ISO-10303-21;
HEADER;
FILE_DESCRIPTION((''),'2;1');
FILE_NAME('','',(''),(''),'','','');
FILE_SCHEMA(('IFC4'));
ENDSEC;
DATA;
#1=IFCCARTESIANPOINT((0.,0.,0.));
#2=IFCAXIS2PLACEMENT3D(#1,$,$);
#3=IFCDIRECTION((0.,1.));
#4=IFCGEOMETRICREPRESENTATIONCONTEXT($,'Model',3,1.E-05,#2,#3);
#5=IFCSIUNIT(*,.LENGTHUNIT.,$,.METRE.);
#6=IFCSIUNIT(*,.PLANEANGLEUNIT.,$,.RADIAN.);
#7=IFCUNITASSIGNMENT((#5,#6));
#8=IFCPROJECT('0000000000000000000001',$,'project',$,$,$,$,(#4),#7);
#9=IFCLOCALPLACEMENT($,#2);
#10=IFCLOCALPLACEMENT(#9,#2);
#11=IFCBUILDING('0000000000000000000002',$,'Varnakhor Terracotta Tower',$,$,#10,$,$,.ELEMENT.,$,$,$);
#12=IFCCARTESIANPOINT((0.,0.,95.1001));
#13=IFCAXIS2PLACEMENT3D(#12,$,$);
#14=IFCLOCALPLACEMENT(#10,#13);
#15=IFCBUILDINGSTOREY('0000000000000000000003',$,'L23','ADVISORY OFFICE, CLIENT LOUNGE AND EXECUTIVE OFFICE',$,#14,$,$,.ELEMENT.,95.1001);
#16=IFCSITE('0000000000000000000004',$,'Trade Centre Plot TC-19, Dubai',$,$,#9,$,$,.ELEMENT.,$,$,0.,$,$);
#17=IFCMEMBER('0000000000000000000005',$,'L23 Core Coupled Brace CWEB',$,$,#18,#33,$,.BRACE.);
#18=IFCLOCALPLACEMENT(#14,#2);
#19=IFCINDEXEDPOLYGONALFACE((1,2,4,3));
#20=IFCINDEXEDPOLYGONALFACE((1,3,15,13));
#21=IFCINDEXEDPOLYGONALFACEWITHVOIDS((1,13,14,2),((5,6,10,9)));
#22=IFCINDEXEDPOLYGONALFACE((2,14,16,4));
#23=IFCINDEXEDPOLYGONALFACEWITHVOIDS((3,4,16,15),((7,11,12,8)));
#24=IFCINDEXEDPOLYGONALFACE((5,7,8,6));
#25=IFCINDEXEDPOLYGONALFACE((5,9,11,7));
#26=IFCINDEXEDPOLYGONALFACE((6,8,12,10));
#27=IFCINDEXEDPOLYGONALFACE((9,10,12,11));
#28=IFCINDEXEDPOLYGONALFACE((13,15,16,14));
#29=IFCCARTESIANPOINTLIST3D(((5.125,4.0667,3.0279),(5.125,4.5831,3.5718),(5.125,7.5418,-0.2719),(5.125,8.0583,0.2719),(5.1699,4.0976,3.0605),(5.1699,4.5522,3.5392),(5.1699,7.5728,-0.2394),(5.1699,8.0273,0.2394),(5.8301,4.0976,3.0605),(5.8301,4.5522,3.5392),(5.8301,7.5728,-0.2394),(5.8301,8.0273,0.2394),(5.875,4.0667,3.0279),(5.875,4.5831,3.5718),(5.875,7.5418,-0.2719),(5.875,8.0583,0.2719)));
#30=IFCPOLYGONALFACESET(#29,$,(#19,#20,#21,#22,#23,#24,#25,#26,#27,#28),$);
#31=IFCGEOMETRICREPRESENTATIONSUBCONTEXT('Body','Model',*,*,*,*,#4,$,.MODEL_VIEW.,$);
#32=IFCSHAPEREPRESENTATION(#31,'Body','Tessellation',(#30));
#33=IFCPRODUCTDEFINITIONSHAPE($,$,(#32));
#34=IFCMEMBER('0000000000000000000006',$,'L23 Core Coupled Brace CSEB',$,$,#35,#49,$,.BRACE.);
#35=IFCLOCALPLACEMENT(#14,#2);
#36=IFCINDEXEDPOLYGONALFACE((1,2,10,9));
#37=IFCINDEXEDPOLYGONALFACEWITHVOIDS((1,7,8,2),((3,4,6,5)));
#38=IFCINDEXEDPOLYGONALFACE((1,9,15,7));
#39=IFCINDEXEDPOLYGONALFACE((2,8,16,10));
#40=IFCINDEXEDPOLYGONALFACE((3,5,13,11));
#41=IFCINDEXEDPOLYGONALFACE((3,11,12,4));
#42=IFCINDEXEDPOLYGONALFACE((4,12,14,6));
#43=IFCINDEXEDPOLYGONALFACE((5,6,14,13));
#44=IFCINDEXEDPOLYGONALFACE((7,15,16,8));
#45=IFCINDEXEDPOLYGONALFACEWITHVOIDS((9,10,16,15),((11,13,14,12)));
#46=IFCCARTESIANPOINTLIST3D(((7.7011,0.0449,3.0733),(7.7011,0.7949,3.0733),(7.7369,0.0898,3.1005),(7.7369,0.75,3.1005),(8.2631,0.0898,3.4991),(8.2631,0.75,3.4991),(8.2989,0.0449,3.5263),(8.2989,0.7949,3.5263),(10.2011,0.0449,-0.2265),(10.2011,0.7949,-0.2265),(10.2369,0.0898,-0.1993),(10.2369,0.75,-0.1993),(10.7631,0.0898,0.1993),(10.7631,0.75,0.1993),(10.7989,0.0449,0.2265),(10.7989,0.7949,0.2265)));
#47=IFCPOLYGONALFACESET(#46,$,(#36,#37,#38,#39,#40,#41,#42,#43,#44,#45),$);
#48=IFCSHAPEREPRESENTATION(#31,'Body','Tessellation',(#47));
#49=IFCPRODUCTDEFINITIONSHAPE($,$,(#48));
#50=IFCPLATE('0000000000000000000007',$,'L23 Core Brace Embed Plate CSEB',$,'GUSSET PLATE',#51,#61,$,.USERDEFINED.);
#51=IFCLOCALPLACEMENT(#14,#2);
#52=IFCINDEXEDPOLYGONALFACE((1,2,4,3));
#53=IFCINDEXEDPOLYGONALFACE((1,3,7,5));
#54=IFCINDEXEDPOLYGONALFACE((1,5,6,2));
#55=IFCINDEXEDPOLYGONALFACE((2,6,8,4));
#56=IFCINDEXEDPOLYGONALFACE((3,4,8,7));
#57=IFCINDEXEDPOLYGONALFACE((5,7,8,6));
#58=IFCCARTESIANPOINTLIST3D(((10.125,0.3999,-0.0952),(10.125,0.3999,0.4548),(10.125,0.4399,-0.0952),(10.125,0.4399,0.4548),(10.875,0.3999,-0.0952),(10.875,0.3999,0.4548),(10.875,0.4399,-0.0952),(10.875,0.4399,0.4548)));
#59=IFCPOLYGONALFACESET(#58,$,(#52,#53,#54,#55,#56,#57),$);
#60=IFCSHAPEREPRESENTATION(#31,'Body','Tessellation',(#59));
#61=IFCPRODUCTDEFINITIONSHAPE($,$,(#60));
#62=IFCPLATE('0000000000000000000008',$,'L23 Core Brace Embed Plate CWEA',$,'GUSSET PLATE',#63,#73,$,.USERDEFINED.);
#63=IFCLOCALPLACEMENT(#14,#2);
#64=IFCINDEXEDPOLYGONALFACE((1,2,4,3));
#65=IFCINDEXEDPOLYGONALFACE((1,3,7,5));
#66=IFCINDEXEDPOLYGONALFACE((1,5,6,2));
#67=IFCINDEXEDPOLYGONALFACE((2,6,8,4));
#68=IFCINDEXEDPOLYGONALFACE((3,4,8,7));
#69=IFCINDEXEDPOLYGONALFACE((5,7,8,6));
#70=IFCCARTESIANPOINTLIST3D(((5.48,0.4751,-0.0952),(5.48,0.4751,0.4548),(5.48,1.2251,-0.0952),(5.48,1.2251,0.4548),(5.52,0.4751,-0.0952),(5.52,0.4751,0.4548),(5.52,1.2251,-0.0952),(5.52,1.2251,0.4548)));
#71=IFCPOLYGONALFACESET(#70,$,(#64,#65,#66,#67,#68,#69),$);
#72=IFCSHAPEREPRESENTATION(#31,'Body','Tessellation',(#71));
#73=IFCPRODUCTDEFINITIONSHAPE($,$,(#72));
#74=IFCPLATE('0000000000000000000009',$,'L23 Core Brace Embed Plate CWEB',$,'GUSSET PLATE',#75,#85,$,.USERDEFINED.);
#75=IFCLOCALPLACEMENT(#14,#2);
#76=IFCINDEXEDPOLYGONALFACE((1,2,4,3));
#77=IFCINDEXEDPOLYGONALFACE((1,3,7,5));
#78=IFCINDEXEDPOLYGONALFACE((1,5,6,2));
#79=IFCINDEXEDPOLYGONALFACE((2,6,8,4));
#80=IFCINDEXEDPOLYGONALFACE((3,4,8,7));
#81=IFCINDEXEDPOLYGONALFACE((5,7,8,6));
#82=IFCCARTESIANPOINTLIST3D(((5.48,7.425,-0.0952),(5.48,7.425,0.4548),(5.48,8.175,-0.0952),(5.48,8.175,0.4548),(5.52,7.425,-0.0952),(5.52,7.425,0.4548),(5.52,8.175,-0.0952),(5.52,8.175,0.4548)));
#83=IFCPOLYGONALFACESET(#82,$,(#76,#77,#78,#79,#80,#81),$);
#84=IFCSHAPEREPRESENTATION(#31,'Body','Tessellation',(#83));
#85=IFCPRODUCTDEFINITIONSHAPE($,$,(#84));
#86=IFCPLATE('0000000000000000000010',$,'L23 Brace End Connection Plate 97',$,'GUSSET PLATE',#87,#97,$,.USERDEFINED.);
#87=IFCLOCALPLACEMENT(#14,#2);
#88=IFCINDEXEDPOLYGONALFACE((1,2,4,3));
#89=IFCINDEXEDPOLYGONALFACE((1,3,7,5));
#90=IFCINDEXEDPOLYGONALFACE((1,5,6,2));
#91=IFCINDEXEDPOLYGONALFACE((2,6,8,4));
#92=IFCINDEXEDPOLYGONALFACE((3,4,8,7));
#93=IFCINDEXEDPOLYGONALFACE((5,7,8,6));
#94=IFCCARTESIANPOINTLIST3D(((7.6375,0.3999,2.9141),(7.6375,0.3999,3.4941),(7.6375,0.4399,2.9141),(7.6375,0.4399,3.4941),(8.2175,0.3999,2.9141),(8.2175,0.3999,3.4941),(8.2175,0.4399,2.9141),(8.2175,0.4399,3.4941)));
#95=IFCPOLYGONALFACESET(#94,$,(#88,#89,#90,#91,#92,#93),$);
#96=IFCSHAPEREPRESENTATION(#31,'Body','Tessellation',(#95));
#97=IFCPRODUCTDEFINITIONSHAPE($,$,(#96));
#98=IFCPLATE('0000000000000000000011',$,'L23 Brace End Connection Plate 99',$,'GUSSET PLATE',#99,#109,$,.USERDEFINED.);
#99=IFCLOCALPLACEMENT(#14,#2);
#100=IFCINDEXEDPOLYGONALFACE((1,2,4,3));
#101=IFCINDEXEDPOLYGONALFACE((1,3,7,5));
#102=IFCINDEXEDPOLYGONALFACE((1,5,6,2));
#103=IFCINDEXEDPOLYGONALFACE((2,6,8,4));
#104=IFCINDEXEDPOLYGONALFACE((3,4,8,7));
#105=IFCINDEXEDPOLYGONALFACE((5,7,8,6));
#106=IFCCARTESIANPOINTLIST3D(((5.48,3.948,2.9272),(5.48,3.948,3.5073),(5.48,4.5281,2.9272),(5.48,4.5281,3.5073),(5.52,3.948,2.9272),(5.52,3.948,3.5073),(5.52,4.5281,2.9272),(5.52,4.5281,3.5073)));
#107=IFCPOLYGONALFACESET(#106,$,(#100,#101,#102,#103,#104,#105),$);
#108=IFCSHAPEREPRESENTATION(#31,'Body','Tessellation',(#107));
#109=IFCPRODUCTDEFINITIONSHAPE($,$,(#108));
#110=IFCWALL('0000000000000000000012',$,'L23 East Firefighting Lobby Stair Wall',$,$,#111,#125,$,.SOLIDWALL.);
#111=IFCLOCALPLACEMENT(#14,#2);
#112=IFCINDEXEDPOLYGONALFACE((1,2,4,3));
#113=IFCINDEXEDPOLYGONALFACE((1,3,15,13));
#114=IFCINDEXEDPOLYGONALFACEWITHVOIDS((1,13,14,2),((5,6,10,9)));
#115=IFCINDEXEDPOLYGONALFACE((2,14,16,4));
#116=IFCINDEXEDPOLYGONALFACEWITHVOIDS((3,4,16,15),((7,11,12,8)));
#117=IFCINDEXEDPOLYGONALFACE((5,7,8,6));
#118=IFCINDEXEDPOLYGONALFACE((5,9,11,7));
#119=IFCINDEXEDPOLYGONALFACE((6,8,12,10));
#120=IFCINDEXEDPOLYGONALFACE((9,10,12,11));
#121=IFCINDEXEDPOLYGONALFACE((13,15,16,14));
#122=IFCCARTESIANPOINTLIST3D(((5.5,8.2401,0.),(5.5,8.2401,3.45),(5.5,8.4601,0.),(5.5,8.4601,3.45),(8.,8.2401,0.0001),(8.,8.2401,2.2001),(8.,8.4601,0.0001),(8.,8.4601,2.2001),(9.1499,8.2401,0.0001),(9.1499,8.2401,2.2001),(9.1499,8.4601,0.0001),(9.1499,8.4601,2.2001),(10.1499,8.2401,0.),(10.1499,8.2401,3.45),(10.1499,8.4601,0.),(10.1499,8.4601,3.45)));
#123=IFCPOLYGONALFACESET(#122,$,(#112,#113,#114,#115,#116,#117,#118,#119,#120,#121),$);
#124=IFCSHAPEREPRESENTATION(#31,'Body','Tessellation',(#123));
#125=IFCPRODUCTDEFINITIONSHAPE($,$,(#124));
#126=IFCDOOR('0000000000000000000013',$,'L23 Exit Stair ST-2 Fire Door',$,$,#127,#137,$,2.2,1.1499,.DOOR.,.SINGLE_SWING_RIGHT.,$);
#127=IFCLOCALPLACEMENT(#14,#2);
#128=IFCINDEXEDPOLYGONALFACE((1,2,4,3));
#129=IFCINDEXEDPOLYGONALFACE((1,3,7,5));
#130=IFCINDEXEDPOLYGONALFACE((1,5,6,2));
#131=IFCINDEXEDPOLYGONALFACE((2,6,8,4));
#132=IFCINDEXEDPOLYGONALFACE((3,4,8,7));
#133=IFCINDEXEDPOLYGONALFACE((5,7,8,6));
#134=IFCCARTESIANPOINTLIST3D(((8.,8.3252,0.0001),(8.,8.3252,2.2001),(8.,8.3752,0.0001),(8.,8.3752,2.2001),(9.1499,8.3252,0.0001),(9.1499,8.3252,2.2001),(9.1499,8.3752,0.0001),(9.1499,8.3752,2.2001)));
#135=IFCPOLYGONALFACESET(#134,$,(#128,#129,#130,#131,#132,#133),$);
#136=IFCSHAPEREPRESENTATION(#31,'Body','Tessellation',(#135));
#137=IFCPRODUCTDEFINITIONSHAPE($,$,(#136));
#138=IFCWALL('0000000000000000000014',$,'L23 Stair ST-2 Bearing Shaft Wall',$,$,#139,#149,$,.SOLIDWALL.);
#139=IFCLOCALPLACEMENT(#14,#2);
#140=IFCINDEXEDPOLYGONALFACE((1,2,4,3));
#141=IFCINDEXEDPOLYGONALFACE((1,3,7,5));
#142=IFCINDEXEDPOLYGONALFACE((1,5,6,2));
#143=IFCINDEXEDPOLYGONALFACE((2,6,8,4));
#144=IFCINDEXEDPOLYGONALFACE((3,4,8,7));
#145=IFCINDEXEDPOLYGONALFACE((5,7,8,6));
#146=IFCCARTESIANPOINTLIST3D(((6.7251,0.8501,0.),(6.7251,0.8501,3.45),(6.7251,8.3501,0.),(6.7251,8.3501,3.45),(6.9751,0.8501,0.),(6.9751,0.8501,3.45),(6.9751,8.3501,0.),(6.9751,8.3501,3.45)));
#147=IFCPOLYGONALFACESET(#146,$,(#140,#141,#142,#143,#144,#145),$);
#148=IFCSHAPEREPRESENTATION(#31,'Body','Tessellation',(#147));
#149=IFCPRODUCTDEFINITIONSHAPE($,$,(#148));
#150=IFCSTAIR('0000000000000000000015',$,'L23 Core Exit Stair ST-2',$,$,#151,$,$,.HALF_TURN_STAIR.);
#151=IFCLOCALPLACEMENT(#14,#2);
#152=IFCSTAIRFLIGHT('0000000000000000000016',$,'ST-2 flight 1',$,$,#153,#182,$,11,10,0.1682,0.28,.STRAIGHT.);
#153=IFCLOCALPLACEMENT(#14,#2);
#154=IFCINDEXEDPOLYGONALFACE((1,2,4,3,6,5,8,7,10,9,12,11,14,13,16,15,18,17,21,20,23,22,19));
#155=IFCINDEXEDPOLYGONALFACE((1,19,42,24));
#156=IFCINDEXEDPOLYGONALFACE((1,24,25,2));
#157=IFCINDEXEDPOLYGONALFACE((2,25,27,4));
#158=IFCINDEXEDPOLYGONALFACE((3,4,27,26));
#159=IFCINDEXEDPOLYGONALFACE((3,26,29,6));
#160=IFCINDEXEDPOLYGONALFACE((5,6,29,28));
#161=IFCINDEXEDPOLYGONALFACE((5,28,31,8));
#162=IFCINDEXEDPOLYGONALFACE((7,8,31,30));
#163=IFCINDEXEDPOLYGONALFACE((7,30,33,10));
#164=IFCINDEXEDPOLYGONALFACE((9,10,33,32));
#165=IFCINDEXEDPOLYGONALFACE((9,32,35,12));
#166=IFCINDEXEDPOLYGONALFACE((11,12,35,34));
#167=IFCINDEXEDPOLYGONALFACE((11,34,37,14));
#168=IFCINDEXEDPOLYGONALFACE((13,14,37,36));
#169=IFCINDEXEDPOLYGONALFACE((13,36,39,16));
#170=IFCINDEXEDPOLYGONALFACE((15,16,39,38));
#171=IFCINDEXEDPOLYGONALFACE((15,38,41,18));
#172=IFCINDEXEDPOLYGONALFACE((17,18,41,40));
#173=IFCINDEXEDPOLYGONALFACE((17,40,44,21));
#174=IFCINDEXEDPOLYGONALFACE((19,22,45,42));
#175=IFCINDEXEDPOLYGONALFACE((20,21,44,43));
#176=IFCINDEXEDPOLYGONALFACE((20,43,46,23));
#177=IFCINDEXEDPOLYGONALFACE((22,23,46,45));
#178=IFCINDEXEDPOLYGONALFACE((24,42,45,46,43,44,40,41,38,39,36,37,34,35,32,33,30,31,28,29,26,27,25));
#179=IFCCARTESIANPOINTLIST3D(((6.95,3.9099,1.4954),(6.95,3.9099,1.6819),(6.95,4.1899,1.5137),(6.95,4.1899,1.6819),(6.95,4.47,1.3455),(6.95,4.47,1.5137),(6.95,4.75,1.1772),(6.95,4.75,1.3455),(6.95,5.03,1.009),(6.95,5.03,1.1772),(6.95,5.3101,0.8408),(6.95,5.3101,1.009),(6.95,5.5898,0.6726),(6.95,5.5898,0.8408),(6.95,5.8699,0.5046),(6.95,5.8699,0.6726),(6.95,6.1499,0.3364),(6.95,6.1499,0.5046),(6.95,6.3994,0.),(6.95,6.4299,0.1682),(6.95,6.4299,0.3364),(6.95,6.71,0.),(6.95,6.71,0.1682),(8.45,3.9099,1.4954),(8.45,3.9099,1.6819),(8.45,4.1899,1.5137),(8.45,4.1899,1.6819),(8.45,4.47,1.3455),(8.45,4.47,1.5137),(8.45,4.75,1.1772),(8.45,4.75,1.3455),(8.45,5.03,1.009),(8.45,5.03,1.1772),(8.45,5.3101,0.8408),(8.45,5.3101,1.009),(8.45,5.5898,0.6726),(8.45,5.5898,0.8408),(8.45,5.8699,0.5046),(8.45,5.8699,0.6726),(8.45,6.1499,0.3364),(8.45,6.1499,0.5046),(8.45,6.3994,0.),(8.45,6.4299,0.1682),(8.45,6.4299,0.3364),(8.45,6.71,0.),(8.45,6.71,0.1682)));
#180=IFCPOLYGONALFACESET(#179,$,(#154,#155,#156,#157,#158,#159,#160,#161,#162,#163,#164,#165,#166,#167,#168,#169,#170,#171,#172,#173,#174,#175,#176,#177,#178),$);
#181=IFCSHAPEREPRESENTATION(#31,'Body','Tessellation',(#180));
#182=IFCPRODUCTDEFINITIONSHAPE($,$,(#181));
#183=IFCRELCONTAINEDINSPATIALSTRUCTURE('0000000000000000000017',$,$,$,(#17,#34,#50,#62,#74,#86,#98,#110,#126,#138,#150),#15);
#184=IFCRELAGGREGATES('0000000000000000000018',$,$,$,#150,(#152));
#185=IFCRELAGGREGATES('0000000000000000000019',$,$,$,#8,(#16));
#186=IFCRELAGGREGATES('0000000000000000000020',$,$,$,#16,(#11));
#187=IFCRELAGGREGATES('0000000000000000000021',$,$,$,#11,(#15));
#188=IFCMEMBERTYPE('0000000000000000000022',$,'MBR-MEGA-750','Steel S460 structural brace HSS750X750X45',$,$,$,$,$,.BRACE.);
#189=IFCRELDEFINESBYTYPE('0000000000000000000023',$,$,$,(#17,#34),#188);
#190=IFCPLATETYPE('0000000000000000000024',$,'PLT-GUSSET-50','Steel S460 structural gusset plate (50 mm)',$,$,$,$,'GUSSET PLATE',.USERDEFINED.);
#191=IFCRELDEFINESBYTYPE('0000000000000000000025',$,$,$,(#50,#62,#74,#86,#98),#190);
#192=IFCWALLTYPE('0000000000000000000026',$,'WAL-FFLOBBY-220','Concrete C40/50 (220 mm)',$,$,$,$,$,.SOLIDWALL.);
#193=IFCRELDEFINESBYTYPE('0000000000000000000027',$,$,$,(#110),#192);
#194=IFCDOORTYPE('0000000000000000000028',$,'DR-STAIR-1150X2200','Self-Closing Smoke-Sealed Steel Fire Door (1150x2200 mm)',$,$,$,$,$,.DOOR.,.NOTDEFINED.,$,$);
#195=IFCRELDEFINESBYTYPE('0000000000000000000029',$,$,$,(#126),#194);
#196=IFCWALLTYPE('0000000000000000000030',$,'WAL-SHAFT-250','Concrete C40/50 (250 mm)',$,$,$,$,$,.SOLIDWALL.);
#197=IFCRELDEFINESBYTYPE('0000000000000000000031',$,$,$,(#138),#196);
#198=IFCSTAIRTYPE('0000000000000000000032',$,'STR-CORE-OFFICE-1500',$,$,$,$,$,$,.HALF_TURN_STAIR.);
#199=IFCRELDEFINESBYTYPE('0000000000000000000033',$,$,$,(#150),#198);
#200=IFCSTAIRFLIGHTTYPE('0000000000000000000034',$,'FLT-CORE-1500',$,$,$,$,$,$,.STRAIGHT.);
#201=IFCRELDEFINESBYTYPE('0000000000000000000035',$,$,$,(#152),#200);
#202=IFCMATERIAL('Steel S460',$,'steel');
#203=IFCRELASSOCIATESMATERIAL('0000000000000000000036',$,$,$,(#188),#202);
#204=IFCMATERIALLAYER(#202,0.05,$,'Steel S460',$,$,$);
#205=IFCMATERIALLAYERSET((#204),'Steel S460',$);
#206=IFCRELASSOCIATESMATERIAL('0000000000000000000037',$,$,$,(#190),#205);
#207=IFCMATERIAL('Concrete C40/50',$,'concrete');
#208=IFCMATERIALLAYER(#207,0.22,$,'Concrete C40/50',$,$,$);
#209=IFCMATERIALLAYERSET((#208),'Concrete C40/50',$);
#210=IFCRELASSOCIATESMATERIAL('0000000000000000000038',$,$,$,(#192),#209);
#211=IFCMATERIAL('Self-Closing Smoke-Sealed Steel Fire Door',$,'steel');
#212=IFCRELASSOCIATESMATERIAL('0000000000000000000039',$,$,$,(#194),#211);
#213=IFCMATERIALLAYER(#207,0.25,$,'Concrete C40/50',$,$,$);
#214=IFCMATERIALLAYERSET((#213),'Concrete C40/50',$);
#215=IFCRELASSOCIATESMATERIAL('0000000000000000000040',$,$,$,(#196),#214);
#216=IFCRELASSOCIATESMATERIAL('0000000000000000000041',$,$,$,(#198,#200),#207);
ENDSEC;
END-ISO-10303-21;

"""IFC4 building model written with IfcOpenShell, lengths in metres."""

from ifc_helpers import new_model, si_unit, direction, frame, frame_2d, origin, origin_2d, place, context, subcontext, project, spatial, polyline, rectangle, hollow_rectangle, outline, extrude, source, transform, mapped, material, layer, layer_set, material_profile, profile_set, type_object, type_shapes, element, fill, aggregate, save


model = new_model("IFC4")

# Units and contexts
model_context = context("Model", 3, precision=1e-05, world=origin(), true_north=direction((0.0, 1.0)))
body_context = subcontext(model_context, "Body", "Model", "MODEL_VIEW")
ifc_project = project(units=[si_unit("LENGTHUNIT", "METRE"), si_unit("PLANEANGLEUNIT", "RADIAN")], contexts=[model_context])

# Site, building, storey
site_placement = place(None, origin())
site = spatial("IfcSite", under=ifc_project, at=site_placement, Name="Trade Centre Plot TC-19, Dubai", CompositionType="ELEMENT", RefElevation=0.0)
building_placement = place(site_placement, origin())
building = spatial("IfcBuilding", under=site, at=building_placement, Name="Varnakhor Terracotta Tower", CompositionType="ELEMENT")
storey_placement = place(building_placement, frame((0.0, 0.0, 95.1001)))
storey = spatial("IfcBuildingStorey", under=building, at=storey_placement, Name="L23", Description="ADVISORY OFFICE, CLIENT LOUNGE AND EXECUTIVE OFFICE", CompositionType="ELEMENT", Elevation=95.1001)

# Members
ifc_material_1 = material(Name="Steel S460", Category="steel")
ifc_material_profile = material_profile(ifc_material_1, hollow_rectangle(XDim=0.75, YDim=0.75, WallThickness=0.0449, at=origin_2d()), Name="HSS750X750X45")
ifc_profile_set = profile_set([ifc_material_profile], Name="Steel S460")
member_type = type_object("IfcMemberType", Name="MBR-MEGA-750", Description="Steel S460 structural brace HSS750X750X45", PredefinedType="BRACE", material=ifc_profile_set)
shared_shape_1 = source(origin(), body_context, "Body", "SweptSolid", [
    extrude(hollow_rectangle(XDim=0.75, YDim=0.75, WallThickness=0.0449, at=origin_2d()), origin(), (0.0, 0.0, 1.0), 4.7922),
])
member_1_placement = place(storey_placement, frame((5.5, 7.8, 0.0), z_axis=(0.0, -0.72516, 0.688581), x_axis=(1.0, 0.0, 0.0)))
element("IfcMember", 1, at=member_1_placement, inside=storey, type_object=member_type, Name="L23 Core Coupled Brace CWEB", PredefinedType="BRACE", context=body_context, shape_type="MappedRepresentation", body=[
    mapped(shared_shape_1, transform((0.0, 0.0, 0.0), scale=1.0)),
])
shared_shape_2 = source(origin(), body_context, "Body", "SweptSolid", [
    extrude(hollow_rectangle(XDim=0.75, YDim=0.75, WallThickness=0.0449, at=origin_2d()), origin(), (0.0, 0.0, 1.0), 4.1399),
])
member_2_placement = place(storey_placement, frame((10.5, 0.4199, 0.0), z_axis=(-0.60388, 0.0, 0.797075), x_axis=(0.0, -1.0, 0.0)))
element("IfcMember", 2, at=member_2_placement, inside=storey, type_object=member_type, Name="L23 Core Coupled Brace CSEB", PredefinedType="BRACE", context=body_context, shape_type="MappedRepresentation", body=[
    mapped(shared_shape_2, transform((0.0, 0.0, 0.0), scale=1.0)),
])

# Plates
ifc_layer_1 = layer(ifc_material_1, 0.05, Name="Steel S460")
ifc_layer_set_1 = layer_set([ifc_layer_1], Name="Steel S460")
plate_type = type_object("IfcPlateType", Name="PLT-GUSSET-50", Description="Steel S460 structural gusset plate (50 mm)", ElementType="GUSSET PLATE", PredefinedType="USERDEFINED", material=ifc_layer_set_1)
shared_shape_3 = source(origin(), body_context, "Body", "SweptSolid", [
    extrude(rectangle(XDim=0.75, YDim=0.04, at=origin_2d()), origin(), (0.0, 0.0, 1.0), 0.55),
])
type_shapes(plate_type, [shared_shape_3])
for number, where, z_axis, x_axis, name in (
    (3, (10.5, 0.4199, -0.0952), (0.0, 0.0, 1.0), (1.0, 0.0, 0.0), "L23 Core Brace Embed Plate CSEB"),
    (4, (5.5, 0.8501, -0.0952), (0.0, 0.0, 1.0), (0.0, 1.0, 0.0), "L23 Core Brace Embed Plate CWEA"),
    (5, (5.5, 7.8, -0.0952), (0.0, 0.0, 1.0), (0.0, 1.0, 0.0), "L23 Core Brace Embed Plate CWEB"),
):
    element("IfcPlate", number, at=place(storey_placement, frame(where, z_axis=z_axis, x_axis=x_axis)), inside=storey, type_object=plate_type, Name=name, ObjectType="GUSSET PLATE", PredefinedType="USERDEFINED", context=body_context, shape_type="MappedRepresentation", body=[
        mapped(shared_shape_3, transform((0.0, 0.0, 0.0), scale=1.0)),
    ])
shared_shape_4 = source(origin(), body_context, "Body", "SweptSolid", [
    extrude(rectangle(XDim=0.5801, YDim=0.04, at=origin_2d()), origin(), (0.0, 0.0, 1.0), 0.5801),
])
for number, where, z_axis, x_axis, name in (
    (6, (7.9275, 0.4199, 2.9141), (0.0, 0.0, 1.0), (1.0, 0.0, 0.0), "L23 Brace End Connection Plate 97"),
    (7, (5.5, 4.238, 2.9272), (0.0, 0.0, 1.0), (0.0, 1.0, 0.0), "L23 Brace End Connection Plate 99"),
):
    element("IfcPlate", number, at=place(storey_placement, frame(where, z_axis=z_axis, x_axis=x_axis)), inside=storey, type_object=plate_type, Name=name, ObjectType="GUSSET PLATE", PredefinedType="USERDEFINED", context=body_context, shape_type="MappedRepresentation", body=[
        mapped(shared_shape_4, transform((0.0, 0.0, 0.0), scale=1.0)),
    ])

# Wall, opening, door
ifc_material_2 = material(Name="Concrete C40/50", Category="concrete")
ifc_layer_2 = layer(ifc_material_2, 0.22, Name="Concrete C40/50")
ifc_layer_set_2 = layer_set([ifc_layer_2], Name="Concrete C40/50")
wall_type_1 = type_object("IfcWallType", Name="WAL-FFLOBBY-220", Description="Concrete C40/50 (220 mm)", PredefinedType="SOLIDWALL", material=ifc_layer_set_2)
wall_1_placement = place(storey_placement, frame((10.1499, 8.3501, 0.0), z_axis=(0.0, 0.0, 1.0), x_axis=(-1.0, 0.0, 0.0)))
wall_1 = element("IfcWall", 8, at=wall_1_placement, inside=storey, type_object=wall_type_1, Name="L23 East Firefighting Lobby Stair Wall", PredefinedType="SOLIDWALL", context=body_context, shape_type="SweptSolid", body=[
    extrude(rectangle(XDim=4.6499, YDim=0.22, at=frame_2d((2.325, 0.0))), origin(), (0.0, 0.0, 1.0), 3.45),
])
opening_placement = place(wall_1_placement, frame((1.0, 0.0, 0.0)))
opening = element("IfcOpeningElement", 9, at=opening_placement, cuts=wall_1, PredefinedType="OPENING", context=body_context, shape_type="SweptSolid", body=[
    extrude(rectangle(XDim=1.1499, YDim=2.2, at=frame_2d((0.575, 1.1001))), frame((0.0, 0.1201, 0.0), z_axis=(0.0, -1.0, 0.0), x_axis=(1.0, 0.0, 0.0)), (0.0, 0.0, 1.0), 0.24),
])
ifc_material_3 = material(Name="Self-Closing Smoke-Sealed Steel Fire Door", Category="steel")
door_type = type_object("IfcDoorType", Name="DR-STAIR-1150X2200", Description="Self-Closing Smoke-Sealed Steel Fire Door (1150x2200 mm)", OperationType="NOTDEFINED", PredefinedType="DOOR", material=ifc_material_3)
shared_shape_5 = source(origin(), body_context, "Body", "SweptSolid", [
    extrude(rectangle(XDim=1.1499, YDim=2.2, at=frame_2d((0.575, 1.1001))), frame((0.0, 0.0249, 0.0), z_axis=(0.0, -1.0, 0.0), x_axis=(1.0, 0.0, 0.0)), (0.0, 0.0, 1.0), 0.05),
])
type_shapes(door_type, [shared_shape_5])
door_placement = place(opening_placement, origin())
door = element("IfcDoor", 10, at=door_placement, inside=storey, type_object=door_type, Name="L23 Exit Stair ST-2 Fire Door", OperationType="SINGLE_SWING_RIGHT", OverallHeight=2.2, OverallWidth=1.1499, PredefinedType="DOOR", context=body_context, shape_type="MappedRepresentation", body=[
    mapped(shared_shape_5, transform((0.0, 0.0, 0.0), scale=1.0)),
])
fill(opening, door)

# Wall
ifc_layer_3 = layer(ifc_material_2, 0.25, Name="Concrete C40/50")
ifc_layer_set_3 = layer_set([ifc_layer_3], Name="Concrete C40/50")
wall_type_2 = type_object("IfcWallType", Name="WAL-SHAFT-250", Description="Concrete C40/50 (250 mm)", PredefinedType="SOLIDWALL", material=ifc_layer_set_3)
wall_2_placement = place(storey_placement, frame((6.8501, 0.8501, 0.0), z_axis=(0.0, 0.0, 1.0), x_axis=(0.0, 1.0, 0.0)))
element("IfcWall", 11, at=wall_2_placement, inside=storey, type_object=wall_type_2, Name="L23 Stair ST-2 Bearing Shaft Wall", PredefinedType="SOLIDWALL", context=body_context, shape_type="SweptSolid", body=[
    extrude(rectangle(XDim=7.5, YDim=0.25, at=frame_2d((3.75, 0.0))), origin(), (0.0, 0.0, 1.0), 3.45),
])

# Stair, stair flight
stair_type = type_object("IfcStairType", Name="STR-CORE-OFFICE-1500", PredefinedType="HALF_TURN_STAIR", material=ifc_material_2)
stair_placement = place(storey_placement, origin())
stair = element("IfcStair", 12, at=stair_placement, inside=storey, type_object=stair_type, Name="L23 Core Exit Stair ST-2", PredefinedType="HALF_TURN_STAIR")
stair_flight_type = type_object("IfcStairFlightType", Name="FLT-CORE-1500", PredefinedType="STRAIGHT", material=ifc_material_2)
stair_flight_1_placement = place(storey_placement, frame((7.7, 6.71, 0.0), z_axis=(0.0, 0.0, 1.0), x_axis=(0.0, -1.0, 0.0)))
stair_flight_1 = element("IfcStairFlight", 13, at=stair_flight_1_placement, type_object=stair_flight_type, Name="ST-2 flight 1", NumberOfRisers=11, NumberOfTreads=10, PredefinedType="STRAIGHT", RiserHeight=0.1682, TreadLength=0.28, context=body_context, shape_type="SweptSolid", body=[
    extrude(outline(polyline([(0.0, 0.0), (0.0, 0.1682), (0.28, 0.1682), (0.28, 0.3364), (0.5601, 0.3364), (0.5601, 0.5046), (0.8401, 0.5046), (0.8401, 0.6726), (1.1201, 0.6726), (1.1201, 0.8408), (1.3999, 0.8408), (1.3999, 1.009), (1.6799, 1.009), (1.6799, 1.1772), (1.96, 1.1772), (1.96, 1.3455), (2.24, 1.3455), (2.24, 1.5137), (2.52, 1.5137), (2.52, 1.6819), (2.8, 1.6819), (2.8, 1.8501), (2.8, 1.4954), (0.3105, 0.0), (0.0, 0.0)])), frame((0.0, 0.75, 0.0), z_axis=(0.0, -1.0, 0.0), x_axis=(1.0, 0.0, 0.0)), (0.0, 0.0, 1.0), 1.5),
])
aggregate(stair, [stair_flight_1])

save(model, "model.ifc")
